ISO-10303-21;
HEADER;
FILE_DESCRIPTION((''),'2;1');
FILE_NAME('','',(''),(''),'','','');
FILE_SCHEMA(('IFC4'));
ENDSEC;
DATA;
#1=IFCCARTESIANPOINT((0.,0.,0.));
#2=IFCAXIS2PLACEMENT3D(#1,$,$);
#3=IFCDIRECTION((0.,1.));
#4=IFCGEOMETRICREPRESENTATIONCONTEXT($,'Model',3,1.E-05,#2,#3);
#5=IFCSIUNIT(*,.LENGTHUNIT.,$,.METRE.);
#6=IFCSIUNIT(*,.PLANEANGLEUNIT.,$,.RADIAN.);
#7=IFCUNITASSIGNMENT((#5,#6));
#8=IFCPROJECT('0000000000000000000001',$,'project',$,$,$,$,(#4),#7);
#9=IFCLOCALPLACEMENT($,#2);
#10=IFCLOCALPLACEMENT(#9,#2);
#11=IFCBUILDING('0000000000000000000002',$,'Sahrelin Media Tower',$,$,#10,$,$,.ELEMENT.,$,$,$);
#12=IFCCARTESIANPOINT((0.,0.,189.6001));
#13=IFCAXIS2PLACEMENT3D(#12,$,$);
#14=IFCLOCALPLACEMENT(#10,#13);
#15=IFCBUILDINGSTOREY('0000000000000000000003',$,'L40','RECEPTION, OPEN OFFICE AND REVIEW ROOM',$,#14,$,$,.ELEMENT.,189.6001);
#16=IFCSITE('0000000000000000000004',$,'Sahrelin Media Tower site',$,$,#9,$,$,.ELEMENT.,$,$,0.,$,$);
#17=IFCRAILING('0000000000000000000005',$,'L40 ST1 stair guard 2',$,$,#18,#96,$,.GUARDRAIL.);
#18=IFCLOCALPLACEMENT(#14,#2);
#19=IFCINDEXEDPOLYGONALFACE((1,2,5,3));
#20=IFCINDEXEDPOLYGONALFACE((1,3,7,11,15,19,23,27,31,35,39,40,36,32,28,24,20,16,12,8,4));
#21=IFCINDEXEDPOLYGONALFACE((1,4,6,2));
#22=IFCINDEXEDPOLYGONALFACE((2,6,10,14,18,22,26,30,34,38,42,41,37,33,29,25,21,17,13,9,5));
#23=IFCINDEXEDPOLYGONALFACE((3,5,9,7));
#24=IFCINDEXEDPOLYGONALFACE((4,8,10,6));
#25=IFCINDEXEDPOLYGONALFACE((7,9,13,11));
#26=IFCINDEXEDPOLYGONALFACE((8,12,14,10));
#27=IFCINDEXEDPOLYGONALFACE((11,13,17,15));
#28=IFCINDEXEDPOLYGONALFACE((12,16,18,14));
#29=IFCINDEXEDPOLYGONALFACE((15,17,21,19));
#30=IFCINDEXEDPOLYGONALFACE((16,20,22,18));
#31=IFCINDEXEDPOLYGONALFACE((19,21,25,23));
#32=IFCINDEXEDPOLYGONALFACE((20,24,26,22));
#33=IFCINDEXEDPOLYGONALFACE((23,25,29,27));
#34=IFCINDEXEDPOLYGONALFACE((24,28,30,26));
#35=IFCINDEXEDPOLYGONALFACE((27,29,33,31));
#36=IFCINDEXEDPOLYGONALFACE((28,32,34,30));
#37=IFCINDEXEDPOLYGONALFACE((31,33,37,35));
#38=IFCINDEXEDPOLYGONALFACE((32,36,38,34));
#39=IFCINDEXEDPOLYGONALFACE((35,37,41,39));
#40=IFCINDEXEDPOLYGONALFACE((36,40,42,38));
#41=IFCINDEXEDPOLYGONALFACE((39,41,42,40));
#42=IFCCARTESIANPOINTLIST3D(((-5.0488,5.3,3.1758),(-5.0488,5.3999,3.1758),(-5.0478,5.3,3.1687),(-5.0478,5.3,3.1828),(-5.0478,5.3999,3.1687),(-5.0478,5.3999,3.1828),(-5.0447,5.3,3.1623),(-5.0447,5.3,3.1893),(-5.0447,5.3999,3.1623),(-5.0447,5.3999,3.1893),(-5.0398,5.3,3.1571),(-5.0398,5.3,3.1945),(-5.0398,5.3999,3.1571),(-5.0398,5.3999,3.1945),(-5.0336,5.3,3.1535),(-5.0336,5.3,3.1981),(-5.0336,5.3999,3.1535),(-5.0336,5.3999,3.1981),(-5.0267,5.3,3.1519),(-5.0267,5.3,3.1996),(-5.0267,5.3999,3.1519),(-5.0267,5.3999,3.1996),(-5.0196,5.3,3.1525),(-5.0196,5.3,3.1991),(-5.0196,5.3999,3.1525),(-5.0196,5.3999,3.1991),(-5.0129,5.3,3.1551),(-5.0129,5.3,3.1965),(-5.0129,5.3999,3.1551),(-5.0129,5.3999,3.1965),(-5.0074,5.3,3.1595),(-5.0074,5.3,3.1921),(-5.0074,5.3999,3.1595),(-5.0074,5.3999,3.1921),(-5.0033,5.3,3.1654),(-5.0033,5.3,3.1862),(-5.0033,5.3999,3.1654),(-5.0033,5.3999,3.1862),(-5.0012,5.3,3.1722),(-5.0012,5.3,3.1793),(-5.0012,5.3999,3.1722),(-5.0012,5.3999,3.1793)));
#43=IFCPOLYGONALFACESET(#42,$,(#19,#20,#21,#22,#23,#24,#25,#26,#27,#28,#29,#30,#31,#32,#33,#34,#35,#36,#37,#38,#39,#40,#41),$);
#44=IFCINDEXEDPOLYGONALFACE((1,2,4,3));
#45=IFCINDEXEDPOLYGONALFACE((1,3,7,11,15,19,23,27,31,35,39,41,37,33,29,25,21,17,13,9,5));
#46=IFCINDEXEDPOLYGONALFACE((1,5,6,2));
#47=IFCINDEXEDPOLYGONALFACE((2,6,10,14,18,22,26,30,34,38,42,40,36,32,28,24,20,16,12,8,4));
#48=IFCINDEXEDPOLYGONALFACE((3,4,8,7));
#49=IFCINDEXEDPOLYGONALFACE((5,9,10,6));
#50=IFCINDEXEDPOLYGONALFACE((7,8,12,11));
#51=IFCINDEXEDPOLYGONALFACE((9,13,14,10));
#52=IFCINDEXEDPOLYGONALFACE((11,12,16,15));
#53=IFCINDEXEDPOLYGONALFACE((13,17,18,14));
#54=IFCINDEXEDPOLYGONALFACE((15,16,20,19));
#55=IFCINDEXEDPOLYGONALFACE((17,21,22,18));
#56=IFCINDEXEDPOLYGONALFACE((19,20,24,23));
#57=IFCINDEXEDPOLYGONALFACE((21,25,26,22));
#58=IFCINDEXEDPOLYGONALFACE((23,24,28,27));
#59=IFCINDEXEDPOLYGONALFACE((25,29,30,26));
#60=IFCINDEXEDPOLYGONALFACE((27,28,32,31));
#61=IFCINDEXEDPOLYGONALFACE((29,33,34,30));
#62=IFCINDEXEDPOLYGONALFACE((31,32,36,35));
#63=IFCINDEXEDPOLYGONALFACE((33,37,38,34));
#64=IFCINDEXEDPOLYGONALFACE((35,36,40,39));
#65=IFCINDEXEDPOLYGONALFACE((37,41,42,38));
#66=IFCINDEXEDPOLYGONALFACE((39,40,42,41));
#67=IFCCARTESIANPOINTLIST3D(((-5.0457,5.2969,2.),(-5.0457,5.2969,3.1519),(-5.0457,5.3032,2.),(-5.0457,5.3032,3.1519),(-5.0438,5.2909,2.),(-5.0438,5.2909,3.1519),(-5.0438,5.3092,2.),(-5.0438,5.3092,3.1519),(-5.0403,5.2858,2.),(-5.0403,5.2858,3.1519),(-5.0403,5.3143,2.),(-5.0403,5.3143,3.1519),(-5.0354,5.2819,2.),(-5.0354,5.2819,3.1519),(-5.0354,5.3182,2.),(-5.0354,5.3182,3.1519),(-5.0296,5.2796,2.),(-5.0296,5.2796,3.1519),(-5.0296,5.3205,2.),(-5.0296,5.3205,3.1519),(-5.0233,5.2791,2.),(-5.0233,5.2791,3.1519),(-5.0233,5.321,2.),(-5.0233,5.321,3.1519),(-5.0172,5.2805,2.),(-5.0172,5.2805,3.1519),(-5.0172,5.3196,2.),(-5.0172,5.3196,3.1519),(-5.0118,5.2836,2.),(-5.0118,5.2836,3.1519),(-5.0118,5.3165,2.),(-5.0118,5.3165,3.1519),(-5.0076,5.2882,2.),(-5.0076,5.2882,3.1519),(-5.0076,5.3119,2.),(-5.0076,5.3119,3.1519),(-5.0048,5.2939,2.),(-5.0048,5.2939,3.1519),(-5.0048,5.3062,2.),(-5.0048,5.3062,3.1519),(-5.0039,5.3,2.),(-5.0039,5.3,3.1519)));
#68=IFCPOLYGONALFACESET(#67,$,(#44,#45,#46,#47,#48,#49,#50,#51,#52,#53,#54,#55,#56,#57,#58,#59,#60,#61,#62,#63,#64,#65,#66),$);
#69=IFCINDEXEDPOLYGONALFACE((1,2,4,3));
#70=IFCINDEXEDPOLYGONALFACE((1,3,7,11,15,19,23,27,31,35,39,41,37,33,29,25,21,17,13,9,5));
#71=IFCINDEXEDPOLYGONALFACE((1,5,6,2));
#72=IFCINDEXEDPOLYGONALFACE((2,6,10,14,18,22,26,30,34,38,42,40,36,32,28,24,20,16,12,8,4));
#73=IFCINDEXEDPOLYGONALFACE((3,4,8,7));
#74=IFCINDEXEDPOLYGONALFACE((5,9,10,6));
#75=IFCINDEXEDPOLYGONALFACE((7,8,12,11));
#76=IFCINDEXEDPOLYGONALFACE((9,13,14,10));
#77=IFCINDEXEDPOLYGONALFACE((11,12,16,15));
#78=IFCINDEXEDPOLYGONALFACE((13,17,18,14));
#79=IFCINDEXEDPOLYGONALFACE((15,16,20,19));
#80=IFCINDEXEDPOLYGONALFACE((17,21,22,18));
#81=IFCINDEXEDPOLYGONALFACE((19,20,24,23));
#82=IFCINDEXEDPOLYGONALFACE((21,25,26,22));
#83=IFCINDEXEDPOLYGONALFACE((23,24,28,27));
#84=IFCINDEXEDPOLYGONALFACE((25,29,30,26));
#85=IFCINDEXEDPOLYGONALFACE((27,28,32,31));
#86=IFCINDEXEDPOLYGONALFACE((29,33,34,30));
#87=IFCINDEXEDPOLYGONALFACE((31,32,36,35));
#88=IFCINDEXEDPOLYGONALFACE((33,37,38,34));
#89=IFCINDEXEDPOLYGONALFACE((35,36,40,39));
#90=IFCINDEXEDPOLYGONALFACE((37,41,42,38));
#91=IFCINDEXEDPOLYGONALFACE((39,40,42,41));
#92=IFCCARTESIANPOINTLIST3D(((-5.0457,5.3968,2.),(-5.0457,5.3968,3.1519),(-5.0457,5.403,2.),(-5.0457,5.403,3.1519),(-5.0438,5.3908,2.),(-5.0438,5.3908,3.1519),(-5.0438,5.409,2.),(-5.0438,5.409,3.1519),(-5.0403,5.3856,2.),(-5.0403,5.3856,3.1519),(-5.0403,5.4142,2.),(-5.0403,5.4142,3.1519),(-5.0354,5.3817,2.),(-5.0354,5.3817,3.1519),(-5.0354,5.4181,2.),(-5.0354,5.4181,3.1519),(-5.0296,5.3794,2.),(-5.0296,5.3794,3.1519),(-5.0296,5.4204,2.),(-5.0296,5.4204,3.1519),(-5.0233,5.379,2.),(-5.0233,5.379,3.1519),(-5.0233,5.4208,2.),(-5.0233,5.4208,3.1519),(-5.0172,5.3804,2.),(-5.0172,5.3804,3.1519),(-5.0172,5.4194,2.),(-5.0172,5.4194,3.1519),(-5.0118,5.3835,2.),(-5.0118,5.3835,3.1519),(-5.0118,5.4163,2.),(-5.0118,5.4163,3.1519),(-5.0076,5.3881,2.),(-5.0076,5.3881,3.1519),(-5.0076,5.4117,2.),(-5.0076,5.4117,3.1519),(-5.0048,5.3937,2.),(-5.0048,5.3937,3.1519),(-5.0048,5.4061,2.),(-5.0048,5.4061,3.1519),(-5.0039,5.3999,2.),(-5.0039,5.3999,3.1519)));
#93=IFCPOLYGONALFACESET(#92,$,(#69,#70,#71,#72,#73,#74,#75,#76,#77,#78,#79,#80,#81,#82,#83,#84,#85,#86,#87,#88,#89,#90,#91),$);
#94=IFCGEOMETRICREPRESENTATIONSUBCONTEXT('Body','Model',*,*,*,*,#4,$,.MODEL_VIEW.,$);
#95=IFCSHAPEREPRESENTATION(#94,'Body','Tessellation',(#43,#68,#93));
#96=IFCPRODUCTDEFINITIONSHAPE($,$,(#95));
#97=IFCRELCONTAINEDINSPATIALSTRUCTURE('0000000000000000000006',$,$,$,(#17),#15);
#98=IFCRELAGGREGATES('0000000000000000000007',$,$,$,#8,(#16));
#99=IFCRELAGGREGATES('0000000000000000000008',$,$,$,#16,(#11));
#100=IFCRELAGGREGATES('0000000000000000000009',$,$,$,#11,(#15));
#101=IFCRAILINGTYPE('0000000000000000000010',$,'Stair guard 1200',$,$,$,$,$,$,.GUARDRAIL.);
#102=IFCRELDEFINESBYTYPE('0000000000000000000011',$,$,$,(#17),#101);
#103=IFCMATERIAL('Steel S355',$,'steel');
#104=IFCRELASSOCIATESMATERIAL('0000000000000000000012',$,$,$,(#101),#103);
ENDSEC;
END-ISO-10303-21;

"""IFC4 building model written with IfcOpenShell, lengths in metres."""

from ifc_helpers import new_model, si_unit, direction, frame, origin, origin_2d, place, context, subcontext, project, spatial, circle, extrude, material, type_object, element, save


model = new_model("IFC4")

# Units and contexts
model_context = context("Model", 3, precision=1e-05, world=origin(), true_north=direction((0.0, 1.0)))
body_context = subcontext(model_context, "Body", "Model", "MODEL_VIEW")
ifc_project = project(units=[si_unit("LENGTHUNIT", "METRE"), si_unit("PLANEANGLEUNIT", "RADIAN")], contexts=[model_context])

# Site, building, storey
site_placement = place(None, origin())
site = spatial("IfcSite", under=ifc_project, at=site_placement, Name="Sahrelin Media Tower site", CompositionType="ELEMENT", RefElevation=0.0)
building_placement = place(site_placement, origin())
building = spatial("IfcBuilding", under=site, at=building_placement, Name="Sahrelin Media Tower", CompositionType="ELEMENT")
storey_placement = place(building_placement, frame((0.0, 0.0, 189.6001)))
storey = spatial("IfcBuildingStorey", under=building, at=storey_placement, Name="L40", Description="RECEPTION, OPEN OFFICE AND REVIEW ROOM", CompositionType="ELEMENT", Elevation=189.6001)

# Shared definitions
ifc_material_1 = material(Name="Steel S355", Category="steel")

# Railing
railing_type_1 = type_object("IfcRailingType", Name="Stair guard 1200", PredefinedType="GUARDRAIL", material=ifc_material_1)
railing_1_placement = place(storey_placement, frame((-5.0249, 5.3, 2.0)))
element("IfcRailing", 1, at=railing_1_placement, inside=storey, type_object=railing_type_1, Name="L40 ST1 stair guard 2", PredefinedType="GUARDRAIL", context=body_context, shape_type="SweptSolid", body=[
    extrude(circle(Radius=0.0239, at=origin_2d()), frame((0.0, 0.0, 1.1758), z_axis=(0.0, 1.0, 0.0), x_axis=(-1.0, 0.0, 0.0)), (0.0, 0.0, 1.0), 0.0999),
    extrude(circle(Radius=0.021, at=origin_2d()), origin(), (0.0, 0.0, 1.0), 1.1519),
    extrude(circle(Radius=0.021, at=origin_2d()), frame((0.0, 0.0999, 0.0)), (0.0, 0.0, 1.0), 1.1519),
])

save(model, "model.ifc")
